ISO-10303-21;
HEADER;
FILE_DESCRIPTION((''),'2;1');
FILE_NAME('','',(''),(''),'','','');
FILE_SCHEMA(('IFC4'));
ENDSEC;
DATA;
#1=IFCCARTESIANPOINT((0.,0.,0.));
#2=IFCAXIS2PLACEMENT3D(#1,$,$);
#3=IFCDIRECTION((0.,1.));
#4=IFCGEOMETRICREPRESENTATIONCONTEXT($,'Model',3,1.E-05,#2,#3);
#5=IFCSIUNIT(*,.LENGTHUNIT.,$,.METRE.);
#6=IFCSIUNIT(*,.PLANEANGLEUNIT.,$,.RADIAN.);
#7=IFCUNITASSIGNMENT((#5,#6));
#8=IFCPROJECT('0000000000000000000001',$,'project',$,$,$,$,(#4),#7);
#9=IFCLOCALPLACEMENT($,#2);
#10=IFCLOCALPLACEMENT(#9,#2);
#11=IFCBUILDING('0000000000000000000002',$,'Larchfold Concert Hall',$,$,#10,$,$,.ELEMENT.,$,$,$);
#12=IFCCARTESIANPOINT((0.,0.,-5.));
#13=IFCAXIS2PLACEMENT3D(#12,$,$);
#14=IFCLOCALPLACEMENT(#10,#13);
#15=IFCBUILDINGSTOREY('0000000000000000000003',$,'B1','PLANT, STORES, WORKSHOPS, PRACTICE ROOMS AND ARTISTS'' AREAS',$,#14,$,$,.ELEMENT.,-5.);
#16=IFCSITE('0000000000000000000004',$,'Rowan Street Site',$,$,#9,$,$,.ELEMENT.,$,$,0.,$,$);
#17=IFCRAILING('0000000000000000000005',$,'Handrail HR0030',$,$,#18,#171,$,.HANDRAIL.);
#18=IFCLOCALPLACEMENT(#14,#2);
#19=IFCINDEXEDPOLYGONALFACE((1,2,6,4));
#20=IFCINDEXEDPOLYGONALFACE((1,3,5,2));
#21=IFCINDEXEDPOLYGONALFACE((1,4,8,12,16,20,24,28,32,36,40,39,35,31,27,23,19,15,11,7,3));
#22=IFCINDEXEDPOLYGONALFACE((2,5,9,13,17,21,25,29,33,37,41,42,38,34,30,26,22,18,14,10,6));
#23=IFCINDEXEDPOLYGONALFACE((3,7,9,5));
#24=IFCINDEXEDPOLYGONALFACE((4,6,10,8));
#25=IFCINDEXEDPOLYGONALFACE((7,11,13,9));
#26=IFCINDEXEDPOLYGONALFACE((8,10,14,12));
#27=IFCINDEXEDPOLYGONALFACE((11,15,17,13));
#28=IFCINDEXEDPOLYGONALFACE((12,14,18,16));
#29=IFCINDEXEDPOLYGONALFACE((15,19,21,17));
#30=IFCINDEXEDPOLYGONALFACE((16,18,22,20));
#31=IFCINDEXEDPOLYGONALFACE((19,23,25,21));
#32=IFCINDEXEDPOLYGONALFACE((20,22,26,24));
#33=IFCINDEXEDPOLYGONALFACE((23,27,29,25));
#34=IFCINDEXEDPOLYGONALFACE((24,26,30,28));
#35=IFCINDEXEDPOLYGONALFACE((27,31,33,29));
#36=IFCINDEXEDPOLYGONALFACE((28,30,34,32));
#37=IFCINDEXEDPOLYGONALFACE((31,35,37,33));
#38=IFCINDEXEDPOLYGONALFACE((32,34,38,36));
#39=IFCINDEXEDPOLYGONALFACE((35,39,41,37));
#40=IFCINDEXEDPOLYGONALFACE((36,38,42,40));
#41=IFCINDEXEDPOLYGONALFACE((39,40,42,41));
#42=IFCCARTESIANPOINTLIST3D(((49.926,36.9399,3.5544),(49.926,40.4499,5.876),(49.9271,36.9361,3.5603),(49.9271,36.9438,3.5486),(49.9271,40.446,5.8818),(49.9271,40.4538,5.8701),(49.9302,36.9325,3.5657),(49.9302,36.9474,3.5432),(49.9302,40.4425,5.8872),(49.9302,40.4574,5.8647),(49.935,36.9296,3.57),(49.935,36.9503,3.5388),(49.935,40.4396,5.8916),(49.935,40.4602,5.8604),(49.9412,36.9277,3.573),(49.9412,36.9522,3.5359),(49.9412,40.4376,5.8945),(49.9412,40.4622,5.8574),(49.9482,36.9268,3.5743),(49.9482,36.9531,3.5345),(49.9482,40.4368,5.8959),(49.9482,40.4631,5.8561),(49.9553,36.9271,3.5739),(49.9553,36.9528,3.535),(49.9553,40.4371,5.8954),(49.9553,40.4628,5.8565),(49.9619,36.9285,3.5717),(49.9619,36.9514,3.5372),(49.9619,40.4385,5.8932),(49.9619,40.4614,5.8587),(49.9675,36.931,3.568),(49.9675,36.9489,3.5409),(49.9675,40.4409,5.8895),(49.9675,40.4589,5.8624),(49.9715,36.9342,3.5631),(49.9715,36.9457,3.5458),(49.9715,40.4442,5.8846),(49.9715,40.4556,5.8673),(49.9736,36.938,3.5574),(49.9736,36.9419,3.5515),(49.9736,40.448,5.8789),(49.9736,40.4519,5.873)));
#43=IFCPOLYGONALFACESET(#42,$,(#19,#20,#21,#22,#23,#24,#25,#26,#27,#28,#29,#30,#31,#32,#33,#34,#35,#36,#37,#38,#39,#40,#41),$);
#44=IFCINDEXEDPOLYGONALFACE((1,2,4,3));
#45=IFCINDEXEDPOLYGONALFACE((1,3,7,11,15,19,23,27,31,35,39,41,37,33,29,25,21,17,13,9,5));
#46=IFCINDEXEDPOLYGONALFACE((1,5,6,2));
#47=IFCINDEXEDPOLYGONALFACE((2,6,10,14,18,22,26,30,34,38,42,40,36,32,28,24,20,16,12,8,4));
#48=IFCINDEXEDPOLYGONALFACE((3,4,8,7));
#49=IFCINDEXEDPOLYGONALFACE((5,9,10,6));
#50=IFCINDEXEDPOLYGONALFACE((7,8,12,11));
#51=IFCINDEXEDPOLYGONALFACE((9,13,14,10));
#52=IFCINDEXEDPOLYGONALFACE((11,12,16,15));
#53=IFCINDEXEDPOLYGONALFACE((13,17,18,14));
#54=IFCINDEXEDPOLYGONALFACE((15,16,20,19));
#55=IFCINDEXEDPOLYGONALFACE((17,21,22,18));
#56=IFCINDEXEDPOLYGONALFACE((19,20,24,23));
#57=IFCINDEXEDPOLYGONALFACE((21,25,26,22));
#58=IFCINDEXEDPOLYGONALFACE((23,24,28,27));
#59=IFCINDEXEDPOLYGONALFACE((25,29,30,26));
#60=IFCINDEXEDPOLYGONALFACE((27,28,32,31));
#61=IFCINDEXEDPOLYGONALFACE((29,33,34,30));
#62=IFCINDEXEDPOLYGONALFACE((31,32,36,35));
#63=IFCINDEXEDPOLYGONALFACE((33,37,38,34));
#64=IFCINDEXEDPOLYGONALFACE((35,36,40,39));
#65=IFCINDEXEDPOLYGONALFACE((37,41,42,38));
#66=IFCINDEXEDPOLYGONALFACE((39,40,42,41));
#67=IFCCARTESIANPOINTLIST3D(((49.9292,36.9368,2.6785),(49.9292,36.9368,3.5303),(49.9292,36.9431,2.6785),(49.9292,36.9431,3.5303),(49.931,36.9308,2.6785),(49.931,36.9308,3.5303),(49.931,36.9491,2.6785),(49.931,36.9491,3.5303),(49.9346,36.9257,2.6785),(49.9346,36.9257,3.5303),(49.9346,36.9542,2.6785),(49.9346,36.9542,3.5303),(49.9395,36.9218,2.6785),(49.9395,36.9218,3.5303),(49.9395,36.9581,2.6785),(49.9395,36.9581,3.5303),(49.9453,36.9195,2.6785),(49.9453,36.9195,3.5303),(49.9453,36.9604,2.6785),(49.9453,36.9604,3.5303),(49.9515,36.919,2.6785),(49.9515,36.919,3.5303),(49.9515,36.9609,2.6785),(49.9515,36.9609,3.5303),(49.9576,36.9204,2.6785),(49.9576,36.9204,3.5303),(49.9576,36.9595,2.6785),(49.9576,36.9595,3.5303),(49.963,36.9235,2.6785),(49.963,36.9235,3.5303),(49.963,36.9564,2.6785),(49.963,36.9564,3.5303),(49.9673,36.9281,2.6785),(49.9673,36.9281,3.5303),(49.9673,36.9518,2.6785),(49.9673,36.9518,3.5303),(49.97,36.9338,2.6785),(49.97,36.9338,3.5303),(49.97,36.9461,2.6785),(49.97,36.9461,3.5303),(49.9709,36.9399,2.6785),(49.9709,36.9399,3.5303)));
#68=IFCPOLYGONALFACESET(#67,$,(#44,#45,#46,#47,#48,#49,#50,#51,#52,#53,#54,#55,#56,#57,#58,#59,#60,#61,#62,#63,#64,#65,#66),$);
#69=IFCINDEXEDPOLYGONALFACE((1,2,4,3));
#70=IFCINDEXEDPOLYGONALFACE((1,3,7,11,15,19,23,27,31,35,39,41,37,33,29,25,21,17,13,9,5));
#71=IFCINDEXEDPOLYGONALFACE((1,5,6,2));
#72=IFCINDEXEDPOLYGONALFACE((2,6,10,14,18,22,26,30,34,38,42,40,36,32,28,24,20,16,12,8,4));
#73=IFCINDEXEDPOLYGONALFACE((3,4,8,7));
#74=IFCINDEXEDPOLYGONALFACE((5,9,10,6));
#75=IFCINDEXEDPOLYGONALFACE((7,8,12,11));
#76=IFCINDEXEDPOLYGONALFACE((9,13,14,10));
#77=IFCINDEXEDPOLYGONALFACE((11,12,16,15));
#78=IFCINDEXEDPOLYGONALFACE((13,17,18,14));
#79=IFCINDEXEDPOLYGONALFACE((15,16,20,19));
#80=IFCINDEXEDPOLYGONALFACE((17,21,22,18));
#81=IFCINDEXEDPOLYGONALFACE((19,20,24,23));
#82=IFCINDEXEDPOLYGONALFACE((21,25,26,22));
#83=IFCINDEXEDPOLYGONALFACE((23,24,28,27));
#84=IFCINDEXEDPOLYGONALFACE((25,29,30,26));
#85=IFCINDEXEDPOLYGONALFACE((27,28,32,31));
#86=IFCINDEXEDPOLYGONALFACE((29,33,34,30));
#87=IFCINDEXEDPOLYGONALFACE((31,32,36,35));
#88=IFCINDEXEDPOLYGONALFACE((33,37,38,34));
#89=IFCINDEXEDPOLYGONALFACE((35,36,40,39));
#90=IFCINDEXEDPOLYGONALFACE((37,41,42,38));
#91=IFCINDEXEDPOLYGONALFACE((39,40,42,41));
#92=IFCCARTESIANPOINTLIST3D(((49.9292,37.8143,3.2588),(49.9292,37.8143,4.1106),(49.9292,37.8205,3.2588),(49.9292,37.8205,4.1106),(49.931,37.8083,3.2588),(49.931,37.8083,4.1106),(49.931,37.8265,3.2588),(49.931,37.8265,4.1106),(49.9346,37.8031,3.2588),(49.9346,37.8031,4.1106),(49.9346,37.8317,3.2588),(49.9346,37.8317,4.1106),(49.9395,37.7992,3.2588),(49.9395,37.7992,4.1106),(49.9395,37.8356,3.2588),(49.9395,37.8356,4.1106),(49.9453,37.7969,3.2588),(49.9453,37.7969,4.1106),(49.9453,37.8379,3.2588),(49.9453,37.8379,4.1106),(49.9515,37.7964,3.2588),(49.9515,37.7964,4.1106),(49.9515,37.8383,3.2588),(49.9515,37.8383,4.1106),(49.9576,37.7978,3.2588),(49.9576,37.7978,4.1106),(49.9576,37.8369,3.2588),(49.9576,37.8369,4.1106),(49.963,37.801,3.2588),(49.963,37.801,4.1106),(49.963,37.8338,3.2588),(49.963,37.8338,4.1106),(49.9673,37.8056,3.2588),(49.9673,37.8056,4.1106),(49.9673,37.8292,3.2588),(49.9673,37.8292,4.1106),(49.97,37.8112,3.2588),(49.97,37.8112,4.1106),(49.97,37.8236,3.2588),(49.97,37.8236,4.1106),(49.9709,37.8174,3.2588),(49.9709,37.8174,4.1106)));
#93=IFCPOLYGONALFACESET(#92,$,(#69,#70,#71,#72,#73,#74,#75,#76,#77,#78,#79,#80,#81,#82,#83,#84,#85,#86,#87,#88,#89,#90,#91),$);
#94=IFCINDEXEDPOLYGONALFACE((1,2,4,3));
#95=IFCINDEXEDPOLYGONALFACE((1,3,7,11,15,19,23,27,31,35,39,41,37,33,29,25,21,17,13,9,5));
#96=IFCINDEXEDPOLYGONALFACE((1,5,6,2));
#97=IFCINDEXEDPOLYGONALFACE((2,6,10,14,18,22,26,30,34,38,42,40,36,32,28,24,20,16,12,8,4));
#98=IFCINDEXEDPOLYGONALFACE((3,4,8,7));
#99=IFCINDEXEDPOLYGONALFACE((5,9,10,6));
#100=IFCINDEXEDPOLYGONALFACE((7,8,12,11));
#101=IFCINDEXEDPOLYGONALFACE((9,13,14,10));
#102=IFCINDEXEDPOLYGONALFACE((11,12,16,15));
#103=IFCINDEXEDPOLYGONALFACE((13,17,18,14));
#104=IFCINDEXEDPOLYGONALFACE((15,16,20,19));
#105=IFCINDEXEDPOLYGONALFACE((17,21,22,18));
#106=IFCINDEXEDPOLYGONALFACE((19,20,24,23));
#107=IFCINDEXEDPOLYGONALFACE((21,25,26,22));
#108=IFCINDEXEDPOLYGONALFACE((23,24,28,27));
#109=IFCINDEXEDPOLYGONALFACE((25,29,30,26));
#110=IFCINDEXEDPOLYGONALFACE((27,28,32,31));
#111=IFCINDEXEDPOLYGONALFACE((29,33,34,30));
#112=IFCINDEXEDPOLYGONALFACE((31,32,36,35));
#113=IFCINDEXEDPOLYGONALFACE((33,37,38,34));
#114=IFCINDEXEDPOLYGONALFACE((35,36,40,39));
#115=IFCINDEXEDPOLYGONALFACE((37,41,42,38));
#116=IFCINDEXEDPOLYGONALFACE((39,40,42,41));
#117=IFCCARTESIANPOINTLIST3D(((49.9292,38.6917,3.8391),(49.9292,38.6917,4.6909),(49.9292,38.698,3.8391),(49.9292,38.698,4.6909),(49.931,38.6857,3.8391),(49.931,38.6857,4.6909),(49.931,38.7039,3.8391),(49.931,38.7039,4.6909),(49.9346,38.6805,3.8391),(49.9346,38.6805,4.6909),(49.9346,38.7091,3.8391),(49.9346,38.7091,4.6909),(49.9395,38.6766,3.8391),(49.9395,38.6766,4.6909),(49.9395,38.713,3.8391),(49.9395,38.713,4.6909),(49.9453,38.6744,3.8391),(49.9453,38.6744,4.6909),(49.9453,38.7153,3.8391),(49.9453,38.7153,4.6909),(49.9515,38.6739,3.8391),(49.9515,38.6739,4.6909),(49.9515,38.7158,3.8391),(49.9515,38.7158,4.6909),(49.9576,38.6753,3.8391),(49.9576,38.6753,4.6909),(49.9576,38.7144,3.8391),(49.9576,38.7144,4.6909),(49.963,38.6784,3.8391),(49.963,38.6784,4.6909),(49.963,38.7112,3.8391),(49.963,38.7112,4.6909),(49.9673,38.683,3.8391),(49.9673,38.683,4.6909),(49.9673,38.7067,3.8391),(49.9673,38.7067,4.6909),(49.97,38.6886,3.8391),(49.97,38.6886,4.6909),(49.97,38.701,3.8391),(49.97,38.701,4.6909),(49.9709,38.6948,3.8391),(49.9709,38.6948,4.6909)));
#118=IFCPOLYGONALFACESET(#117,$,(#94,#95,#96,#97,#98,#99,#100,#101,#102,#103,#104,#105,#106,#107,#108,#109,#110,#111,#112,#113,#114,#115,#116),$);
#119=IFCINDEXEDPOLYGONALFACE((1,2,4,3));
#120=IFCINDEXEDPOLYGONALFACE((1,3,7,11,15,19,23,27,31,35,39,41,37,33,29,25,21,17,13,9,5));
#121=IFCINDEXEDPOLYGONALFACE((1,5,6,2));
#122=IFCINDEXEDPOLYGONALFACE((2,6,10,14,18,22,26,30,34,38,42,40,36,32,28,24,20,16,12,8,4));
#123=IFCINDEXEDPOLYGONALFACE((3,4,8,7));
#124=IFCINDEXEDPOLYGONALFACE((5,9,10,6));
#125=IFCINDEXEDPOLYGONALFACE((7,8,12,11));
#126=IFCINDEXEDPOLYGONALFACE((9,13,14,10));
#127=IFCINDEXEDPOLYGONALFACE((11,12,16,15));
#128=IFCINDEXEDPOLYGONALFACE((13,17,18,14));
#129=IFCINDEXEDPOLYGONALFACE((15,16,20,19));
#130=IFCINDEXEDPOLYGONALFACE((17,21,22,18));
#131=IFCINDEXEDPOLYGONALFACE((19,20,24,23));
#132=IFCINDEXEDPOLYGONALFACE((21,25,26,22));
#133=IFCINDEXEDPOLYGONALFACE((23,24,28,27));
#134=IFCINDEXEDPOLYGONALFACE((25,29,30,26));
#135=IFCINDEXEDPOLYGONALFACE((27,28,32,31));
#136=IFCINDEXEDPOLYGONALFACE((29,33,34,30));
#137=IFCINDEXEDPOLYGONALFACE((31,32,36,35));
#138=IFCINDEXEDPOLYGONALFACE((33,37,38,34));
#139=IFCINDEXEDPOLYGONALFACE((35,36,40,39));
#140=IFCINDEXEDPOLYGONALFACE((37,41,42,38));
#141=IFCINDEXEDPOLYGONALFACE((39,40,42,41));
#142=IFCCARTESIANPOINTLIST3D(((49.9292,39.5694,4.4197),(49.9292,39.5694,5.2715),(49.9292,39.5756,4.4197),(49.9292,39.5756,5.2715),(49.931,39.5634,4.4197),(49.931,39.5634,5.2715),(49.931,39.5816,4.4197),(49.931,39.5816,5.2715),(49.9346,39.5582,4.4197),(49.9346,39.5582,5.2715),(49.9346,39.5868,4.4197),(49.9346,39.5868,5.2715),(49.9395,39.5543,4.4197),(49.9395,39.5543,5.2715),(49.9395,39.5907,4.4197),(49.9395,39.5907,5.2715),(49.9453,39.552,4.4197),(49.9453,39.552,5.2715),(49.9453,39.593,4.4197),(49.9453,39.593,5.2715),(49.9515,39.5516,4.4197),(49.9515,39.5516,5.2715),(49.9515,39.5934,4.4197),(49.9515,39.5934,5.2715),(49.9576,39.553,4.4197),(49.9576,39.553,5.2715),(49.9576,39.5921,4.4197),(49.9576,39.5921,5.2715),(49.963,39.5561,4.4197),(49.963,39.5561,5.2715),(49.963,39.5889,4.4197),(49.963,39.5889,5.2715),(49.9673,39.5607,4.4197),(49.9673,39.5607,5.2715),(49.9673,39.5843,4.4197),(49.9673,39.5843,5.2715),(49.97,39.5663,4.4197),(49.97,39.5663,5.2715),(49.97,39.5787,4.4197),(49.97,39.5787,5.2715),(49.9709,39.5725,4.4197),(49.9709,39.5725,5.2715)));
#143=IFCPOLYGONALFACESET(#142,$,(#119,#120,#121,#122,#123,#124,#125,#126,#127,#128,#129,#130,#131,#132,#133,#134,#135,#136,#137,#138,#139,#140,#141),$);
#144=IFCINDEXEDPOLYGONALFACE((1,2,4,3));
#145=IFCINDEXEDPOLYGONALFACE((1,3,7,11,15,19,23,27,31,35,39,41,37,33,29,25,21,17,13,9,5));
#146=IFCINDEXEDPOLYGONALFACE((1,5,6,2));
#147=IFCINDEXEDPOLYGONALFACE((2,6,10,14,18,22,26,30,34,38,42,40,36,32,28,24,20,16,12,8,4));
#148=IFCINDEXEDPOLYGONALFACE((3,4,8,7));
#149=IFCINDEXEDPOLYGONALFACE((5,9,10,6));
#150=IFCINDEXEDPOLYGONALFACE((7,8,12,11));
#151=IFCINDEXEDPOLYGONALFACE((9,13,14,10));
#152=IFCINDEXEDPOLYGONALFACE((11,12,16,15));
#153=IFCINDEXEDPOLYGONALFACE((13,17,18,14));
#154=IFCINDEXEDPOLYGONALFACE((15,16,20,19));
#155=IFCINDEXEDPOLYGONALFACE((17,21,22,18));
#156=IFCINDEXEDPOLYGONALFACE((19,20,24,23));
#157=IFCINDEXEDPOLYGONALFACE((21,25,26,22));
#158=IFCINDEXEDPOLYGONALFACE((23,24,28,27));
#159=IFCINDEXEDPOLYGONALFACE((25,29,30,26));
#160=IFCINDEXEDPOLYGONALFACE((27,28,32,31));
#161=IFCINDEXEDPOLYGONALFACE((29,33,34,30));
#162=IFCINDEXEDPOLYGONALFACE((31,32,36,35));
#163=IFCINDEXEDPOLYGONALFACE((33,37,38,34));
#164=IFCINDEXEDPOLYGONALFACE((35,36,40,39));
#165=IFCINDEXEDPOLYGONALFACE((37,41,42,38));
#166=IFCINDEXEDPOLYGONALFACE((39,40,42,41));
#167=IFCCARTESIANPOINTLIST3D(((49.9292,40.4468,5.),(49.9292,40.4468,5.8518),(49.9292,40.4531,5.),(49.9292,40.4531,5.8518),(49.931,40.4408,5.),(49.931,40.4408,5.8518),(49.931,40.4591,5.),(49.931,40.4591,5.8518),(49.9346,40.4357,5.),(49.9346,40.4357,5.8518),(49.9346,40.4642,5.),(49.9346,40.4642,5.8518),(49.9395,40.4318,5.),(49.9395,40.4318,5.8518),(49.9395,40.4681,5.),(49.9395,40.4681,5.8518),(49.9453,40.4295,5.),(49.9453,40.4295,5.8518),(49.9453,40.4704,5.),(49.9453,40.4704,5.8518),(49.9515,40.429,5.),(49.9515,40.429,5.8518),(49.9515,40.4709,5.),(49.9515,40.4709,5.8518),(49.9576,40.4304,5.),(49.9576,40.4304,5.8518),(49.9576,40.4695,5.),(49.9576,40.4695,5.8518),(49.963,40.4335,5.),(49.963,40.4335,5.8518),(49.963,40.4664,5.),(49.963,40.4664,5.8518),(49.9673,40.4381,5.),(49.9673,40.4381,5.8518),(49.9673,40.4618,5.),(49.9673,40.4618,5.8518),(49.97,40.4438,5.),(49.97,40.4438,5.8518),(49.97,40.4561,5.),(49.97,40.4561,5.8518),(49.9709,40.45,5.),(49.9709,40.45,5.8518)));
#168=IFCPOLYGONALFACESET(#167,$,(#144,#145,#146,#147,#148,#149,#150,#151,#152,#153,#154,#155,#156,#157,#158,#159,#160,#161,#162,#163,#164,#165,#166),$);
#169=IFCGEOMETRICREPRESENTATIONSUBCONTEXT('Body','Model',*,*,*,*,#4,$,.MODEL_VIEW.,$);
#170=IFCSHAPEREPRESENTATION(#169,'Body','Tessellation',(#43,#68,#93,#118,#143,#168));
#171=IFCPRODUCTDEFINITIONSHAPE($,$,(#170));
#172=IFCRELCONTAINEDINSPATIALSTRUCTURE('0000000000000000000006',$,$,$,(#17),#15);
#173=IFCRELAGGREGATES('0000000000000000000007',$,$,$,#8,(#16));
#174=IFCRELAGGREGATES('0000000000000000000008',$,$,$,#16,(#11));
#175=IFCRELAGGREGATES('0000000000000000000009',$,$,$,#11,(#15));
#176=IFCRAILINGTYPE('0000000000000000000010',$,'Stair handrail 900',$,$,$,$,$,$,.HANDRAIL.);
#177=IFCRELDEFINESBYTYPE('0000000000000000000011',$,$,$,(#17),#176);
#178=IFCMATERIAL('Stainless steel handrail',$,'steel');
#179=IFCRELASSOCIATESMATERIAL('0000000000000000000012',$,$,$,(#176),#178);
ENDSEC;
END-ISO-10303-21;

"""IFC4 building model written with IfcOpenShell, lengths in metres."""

from ifc_helpers import new_model, si_unit, direction, frame, origin, origin_2d, place, context, subcontext, project, spatial, circle, extrude, material, type_object, element, save


model = new_model("IFC4")

# Units and contexts
model_context = context("Model", 3, precision=1e-05, world=origin(), true_north=direction((0.0, 1.0)))
body_context = subcontext(model_context, "Body", "Model", "MODEL_VIEW")
ifc_project = project(units=[si_unit("LENGTHUNIT", "METRE"), si_unit("PLANEANGLEUNIT", "RADIAN")], contexts=[model_context])

# Site, building, storey
site_placement = place(None, origin())
site = spatial("IfcSite", under=ifc_project, at=site_placement, Name="Rowan Street Site", CompositionType="ELEMENT", RefElevation=0.0)
building_placement = place(site_placement, origin())
building = spatial("IfcBuilding", under=site, at=building_placement, Name="Larchfold Concert Hall", CompositionType="ELEMENT")
storey_placement = place(building_placement, frame((0.0, 0.0, -5.0)))
storey = spatial("IfcBuildingStorey", under=building, at=storey_placement, Name="B1", Description="PLANT, STORES, WORKSHOPS, PRACTICE ROOMS AND ARTISTS' AREAS", CompositionType="ELEMENT", Elevation=-5.0)

# Railing
ifc_material_1 = material(Name="Stainless steel handrail", Category="steel")
railing_type_1 = type_object("IfcRailingType", Name="Stair handrail 900", PredefinedType="HANDRAIL", material=ifc_material_1)
for number, where, name in (
    (1, (49.95, 36.9399, 2.6785), "Handrail HR0030"),
):
    element("IfcRailing", number, at=place(storey_placement, frame(where)), inside=storey, type_object=railing_type_1, Name=name, PredefinedType="HANDRAIL", context=body_context, shape_type="SweptSolid", body=[
        extrude(circle(Radius=0.0239, at=origin_2d()), frame((0.0, 0.0, 0.876), z_axis=(0.0, 0.834071, 0.551657), x_axis=(-1.0, 0.0, 0.0)), (0.0, 0.0, 1.0), 4.2083),
        extrude(circle(Radius=0.021, at=origin_2d()), origin(), (0.0, 0.0, 1.0), 0.8518),
        extrude(circle(Radius=0.021, at=origin_2d()), frame((0.0, 0.8774, 0.5803)), (0.0, 0.0, 1.0), 0.8518),
        extrude(circle(Radius=0.021, at=origin_2d()), frame((0.0, 1.7549, 1.1606)), (0.0, 0.0, 1.0), 0.8518),
        extrude(circle(Radius=0.021, at=origin_2d()), frame((0.0, 2.6326, 1.7412)), (0.0, 0.0, 1.0), 0.8518),
        extrude(circle(Radius=0.021, at=origin_2d()), frame((0.0, 3.51, 2.3215)), (0.0, 0.0, 1.0), 0.8518),
    ])

save(model, "model.ifc")
